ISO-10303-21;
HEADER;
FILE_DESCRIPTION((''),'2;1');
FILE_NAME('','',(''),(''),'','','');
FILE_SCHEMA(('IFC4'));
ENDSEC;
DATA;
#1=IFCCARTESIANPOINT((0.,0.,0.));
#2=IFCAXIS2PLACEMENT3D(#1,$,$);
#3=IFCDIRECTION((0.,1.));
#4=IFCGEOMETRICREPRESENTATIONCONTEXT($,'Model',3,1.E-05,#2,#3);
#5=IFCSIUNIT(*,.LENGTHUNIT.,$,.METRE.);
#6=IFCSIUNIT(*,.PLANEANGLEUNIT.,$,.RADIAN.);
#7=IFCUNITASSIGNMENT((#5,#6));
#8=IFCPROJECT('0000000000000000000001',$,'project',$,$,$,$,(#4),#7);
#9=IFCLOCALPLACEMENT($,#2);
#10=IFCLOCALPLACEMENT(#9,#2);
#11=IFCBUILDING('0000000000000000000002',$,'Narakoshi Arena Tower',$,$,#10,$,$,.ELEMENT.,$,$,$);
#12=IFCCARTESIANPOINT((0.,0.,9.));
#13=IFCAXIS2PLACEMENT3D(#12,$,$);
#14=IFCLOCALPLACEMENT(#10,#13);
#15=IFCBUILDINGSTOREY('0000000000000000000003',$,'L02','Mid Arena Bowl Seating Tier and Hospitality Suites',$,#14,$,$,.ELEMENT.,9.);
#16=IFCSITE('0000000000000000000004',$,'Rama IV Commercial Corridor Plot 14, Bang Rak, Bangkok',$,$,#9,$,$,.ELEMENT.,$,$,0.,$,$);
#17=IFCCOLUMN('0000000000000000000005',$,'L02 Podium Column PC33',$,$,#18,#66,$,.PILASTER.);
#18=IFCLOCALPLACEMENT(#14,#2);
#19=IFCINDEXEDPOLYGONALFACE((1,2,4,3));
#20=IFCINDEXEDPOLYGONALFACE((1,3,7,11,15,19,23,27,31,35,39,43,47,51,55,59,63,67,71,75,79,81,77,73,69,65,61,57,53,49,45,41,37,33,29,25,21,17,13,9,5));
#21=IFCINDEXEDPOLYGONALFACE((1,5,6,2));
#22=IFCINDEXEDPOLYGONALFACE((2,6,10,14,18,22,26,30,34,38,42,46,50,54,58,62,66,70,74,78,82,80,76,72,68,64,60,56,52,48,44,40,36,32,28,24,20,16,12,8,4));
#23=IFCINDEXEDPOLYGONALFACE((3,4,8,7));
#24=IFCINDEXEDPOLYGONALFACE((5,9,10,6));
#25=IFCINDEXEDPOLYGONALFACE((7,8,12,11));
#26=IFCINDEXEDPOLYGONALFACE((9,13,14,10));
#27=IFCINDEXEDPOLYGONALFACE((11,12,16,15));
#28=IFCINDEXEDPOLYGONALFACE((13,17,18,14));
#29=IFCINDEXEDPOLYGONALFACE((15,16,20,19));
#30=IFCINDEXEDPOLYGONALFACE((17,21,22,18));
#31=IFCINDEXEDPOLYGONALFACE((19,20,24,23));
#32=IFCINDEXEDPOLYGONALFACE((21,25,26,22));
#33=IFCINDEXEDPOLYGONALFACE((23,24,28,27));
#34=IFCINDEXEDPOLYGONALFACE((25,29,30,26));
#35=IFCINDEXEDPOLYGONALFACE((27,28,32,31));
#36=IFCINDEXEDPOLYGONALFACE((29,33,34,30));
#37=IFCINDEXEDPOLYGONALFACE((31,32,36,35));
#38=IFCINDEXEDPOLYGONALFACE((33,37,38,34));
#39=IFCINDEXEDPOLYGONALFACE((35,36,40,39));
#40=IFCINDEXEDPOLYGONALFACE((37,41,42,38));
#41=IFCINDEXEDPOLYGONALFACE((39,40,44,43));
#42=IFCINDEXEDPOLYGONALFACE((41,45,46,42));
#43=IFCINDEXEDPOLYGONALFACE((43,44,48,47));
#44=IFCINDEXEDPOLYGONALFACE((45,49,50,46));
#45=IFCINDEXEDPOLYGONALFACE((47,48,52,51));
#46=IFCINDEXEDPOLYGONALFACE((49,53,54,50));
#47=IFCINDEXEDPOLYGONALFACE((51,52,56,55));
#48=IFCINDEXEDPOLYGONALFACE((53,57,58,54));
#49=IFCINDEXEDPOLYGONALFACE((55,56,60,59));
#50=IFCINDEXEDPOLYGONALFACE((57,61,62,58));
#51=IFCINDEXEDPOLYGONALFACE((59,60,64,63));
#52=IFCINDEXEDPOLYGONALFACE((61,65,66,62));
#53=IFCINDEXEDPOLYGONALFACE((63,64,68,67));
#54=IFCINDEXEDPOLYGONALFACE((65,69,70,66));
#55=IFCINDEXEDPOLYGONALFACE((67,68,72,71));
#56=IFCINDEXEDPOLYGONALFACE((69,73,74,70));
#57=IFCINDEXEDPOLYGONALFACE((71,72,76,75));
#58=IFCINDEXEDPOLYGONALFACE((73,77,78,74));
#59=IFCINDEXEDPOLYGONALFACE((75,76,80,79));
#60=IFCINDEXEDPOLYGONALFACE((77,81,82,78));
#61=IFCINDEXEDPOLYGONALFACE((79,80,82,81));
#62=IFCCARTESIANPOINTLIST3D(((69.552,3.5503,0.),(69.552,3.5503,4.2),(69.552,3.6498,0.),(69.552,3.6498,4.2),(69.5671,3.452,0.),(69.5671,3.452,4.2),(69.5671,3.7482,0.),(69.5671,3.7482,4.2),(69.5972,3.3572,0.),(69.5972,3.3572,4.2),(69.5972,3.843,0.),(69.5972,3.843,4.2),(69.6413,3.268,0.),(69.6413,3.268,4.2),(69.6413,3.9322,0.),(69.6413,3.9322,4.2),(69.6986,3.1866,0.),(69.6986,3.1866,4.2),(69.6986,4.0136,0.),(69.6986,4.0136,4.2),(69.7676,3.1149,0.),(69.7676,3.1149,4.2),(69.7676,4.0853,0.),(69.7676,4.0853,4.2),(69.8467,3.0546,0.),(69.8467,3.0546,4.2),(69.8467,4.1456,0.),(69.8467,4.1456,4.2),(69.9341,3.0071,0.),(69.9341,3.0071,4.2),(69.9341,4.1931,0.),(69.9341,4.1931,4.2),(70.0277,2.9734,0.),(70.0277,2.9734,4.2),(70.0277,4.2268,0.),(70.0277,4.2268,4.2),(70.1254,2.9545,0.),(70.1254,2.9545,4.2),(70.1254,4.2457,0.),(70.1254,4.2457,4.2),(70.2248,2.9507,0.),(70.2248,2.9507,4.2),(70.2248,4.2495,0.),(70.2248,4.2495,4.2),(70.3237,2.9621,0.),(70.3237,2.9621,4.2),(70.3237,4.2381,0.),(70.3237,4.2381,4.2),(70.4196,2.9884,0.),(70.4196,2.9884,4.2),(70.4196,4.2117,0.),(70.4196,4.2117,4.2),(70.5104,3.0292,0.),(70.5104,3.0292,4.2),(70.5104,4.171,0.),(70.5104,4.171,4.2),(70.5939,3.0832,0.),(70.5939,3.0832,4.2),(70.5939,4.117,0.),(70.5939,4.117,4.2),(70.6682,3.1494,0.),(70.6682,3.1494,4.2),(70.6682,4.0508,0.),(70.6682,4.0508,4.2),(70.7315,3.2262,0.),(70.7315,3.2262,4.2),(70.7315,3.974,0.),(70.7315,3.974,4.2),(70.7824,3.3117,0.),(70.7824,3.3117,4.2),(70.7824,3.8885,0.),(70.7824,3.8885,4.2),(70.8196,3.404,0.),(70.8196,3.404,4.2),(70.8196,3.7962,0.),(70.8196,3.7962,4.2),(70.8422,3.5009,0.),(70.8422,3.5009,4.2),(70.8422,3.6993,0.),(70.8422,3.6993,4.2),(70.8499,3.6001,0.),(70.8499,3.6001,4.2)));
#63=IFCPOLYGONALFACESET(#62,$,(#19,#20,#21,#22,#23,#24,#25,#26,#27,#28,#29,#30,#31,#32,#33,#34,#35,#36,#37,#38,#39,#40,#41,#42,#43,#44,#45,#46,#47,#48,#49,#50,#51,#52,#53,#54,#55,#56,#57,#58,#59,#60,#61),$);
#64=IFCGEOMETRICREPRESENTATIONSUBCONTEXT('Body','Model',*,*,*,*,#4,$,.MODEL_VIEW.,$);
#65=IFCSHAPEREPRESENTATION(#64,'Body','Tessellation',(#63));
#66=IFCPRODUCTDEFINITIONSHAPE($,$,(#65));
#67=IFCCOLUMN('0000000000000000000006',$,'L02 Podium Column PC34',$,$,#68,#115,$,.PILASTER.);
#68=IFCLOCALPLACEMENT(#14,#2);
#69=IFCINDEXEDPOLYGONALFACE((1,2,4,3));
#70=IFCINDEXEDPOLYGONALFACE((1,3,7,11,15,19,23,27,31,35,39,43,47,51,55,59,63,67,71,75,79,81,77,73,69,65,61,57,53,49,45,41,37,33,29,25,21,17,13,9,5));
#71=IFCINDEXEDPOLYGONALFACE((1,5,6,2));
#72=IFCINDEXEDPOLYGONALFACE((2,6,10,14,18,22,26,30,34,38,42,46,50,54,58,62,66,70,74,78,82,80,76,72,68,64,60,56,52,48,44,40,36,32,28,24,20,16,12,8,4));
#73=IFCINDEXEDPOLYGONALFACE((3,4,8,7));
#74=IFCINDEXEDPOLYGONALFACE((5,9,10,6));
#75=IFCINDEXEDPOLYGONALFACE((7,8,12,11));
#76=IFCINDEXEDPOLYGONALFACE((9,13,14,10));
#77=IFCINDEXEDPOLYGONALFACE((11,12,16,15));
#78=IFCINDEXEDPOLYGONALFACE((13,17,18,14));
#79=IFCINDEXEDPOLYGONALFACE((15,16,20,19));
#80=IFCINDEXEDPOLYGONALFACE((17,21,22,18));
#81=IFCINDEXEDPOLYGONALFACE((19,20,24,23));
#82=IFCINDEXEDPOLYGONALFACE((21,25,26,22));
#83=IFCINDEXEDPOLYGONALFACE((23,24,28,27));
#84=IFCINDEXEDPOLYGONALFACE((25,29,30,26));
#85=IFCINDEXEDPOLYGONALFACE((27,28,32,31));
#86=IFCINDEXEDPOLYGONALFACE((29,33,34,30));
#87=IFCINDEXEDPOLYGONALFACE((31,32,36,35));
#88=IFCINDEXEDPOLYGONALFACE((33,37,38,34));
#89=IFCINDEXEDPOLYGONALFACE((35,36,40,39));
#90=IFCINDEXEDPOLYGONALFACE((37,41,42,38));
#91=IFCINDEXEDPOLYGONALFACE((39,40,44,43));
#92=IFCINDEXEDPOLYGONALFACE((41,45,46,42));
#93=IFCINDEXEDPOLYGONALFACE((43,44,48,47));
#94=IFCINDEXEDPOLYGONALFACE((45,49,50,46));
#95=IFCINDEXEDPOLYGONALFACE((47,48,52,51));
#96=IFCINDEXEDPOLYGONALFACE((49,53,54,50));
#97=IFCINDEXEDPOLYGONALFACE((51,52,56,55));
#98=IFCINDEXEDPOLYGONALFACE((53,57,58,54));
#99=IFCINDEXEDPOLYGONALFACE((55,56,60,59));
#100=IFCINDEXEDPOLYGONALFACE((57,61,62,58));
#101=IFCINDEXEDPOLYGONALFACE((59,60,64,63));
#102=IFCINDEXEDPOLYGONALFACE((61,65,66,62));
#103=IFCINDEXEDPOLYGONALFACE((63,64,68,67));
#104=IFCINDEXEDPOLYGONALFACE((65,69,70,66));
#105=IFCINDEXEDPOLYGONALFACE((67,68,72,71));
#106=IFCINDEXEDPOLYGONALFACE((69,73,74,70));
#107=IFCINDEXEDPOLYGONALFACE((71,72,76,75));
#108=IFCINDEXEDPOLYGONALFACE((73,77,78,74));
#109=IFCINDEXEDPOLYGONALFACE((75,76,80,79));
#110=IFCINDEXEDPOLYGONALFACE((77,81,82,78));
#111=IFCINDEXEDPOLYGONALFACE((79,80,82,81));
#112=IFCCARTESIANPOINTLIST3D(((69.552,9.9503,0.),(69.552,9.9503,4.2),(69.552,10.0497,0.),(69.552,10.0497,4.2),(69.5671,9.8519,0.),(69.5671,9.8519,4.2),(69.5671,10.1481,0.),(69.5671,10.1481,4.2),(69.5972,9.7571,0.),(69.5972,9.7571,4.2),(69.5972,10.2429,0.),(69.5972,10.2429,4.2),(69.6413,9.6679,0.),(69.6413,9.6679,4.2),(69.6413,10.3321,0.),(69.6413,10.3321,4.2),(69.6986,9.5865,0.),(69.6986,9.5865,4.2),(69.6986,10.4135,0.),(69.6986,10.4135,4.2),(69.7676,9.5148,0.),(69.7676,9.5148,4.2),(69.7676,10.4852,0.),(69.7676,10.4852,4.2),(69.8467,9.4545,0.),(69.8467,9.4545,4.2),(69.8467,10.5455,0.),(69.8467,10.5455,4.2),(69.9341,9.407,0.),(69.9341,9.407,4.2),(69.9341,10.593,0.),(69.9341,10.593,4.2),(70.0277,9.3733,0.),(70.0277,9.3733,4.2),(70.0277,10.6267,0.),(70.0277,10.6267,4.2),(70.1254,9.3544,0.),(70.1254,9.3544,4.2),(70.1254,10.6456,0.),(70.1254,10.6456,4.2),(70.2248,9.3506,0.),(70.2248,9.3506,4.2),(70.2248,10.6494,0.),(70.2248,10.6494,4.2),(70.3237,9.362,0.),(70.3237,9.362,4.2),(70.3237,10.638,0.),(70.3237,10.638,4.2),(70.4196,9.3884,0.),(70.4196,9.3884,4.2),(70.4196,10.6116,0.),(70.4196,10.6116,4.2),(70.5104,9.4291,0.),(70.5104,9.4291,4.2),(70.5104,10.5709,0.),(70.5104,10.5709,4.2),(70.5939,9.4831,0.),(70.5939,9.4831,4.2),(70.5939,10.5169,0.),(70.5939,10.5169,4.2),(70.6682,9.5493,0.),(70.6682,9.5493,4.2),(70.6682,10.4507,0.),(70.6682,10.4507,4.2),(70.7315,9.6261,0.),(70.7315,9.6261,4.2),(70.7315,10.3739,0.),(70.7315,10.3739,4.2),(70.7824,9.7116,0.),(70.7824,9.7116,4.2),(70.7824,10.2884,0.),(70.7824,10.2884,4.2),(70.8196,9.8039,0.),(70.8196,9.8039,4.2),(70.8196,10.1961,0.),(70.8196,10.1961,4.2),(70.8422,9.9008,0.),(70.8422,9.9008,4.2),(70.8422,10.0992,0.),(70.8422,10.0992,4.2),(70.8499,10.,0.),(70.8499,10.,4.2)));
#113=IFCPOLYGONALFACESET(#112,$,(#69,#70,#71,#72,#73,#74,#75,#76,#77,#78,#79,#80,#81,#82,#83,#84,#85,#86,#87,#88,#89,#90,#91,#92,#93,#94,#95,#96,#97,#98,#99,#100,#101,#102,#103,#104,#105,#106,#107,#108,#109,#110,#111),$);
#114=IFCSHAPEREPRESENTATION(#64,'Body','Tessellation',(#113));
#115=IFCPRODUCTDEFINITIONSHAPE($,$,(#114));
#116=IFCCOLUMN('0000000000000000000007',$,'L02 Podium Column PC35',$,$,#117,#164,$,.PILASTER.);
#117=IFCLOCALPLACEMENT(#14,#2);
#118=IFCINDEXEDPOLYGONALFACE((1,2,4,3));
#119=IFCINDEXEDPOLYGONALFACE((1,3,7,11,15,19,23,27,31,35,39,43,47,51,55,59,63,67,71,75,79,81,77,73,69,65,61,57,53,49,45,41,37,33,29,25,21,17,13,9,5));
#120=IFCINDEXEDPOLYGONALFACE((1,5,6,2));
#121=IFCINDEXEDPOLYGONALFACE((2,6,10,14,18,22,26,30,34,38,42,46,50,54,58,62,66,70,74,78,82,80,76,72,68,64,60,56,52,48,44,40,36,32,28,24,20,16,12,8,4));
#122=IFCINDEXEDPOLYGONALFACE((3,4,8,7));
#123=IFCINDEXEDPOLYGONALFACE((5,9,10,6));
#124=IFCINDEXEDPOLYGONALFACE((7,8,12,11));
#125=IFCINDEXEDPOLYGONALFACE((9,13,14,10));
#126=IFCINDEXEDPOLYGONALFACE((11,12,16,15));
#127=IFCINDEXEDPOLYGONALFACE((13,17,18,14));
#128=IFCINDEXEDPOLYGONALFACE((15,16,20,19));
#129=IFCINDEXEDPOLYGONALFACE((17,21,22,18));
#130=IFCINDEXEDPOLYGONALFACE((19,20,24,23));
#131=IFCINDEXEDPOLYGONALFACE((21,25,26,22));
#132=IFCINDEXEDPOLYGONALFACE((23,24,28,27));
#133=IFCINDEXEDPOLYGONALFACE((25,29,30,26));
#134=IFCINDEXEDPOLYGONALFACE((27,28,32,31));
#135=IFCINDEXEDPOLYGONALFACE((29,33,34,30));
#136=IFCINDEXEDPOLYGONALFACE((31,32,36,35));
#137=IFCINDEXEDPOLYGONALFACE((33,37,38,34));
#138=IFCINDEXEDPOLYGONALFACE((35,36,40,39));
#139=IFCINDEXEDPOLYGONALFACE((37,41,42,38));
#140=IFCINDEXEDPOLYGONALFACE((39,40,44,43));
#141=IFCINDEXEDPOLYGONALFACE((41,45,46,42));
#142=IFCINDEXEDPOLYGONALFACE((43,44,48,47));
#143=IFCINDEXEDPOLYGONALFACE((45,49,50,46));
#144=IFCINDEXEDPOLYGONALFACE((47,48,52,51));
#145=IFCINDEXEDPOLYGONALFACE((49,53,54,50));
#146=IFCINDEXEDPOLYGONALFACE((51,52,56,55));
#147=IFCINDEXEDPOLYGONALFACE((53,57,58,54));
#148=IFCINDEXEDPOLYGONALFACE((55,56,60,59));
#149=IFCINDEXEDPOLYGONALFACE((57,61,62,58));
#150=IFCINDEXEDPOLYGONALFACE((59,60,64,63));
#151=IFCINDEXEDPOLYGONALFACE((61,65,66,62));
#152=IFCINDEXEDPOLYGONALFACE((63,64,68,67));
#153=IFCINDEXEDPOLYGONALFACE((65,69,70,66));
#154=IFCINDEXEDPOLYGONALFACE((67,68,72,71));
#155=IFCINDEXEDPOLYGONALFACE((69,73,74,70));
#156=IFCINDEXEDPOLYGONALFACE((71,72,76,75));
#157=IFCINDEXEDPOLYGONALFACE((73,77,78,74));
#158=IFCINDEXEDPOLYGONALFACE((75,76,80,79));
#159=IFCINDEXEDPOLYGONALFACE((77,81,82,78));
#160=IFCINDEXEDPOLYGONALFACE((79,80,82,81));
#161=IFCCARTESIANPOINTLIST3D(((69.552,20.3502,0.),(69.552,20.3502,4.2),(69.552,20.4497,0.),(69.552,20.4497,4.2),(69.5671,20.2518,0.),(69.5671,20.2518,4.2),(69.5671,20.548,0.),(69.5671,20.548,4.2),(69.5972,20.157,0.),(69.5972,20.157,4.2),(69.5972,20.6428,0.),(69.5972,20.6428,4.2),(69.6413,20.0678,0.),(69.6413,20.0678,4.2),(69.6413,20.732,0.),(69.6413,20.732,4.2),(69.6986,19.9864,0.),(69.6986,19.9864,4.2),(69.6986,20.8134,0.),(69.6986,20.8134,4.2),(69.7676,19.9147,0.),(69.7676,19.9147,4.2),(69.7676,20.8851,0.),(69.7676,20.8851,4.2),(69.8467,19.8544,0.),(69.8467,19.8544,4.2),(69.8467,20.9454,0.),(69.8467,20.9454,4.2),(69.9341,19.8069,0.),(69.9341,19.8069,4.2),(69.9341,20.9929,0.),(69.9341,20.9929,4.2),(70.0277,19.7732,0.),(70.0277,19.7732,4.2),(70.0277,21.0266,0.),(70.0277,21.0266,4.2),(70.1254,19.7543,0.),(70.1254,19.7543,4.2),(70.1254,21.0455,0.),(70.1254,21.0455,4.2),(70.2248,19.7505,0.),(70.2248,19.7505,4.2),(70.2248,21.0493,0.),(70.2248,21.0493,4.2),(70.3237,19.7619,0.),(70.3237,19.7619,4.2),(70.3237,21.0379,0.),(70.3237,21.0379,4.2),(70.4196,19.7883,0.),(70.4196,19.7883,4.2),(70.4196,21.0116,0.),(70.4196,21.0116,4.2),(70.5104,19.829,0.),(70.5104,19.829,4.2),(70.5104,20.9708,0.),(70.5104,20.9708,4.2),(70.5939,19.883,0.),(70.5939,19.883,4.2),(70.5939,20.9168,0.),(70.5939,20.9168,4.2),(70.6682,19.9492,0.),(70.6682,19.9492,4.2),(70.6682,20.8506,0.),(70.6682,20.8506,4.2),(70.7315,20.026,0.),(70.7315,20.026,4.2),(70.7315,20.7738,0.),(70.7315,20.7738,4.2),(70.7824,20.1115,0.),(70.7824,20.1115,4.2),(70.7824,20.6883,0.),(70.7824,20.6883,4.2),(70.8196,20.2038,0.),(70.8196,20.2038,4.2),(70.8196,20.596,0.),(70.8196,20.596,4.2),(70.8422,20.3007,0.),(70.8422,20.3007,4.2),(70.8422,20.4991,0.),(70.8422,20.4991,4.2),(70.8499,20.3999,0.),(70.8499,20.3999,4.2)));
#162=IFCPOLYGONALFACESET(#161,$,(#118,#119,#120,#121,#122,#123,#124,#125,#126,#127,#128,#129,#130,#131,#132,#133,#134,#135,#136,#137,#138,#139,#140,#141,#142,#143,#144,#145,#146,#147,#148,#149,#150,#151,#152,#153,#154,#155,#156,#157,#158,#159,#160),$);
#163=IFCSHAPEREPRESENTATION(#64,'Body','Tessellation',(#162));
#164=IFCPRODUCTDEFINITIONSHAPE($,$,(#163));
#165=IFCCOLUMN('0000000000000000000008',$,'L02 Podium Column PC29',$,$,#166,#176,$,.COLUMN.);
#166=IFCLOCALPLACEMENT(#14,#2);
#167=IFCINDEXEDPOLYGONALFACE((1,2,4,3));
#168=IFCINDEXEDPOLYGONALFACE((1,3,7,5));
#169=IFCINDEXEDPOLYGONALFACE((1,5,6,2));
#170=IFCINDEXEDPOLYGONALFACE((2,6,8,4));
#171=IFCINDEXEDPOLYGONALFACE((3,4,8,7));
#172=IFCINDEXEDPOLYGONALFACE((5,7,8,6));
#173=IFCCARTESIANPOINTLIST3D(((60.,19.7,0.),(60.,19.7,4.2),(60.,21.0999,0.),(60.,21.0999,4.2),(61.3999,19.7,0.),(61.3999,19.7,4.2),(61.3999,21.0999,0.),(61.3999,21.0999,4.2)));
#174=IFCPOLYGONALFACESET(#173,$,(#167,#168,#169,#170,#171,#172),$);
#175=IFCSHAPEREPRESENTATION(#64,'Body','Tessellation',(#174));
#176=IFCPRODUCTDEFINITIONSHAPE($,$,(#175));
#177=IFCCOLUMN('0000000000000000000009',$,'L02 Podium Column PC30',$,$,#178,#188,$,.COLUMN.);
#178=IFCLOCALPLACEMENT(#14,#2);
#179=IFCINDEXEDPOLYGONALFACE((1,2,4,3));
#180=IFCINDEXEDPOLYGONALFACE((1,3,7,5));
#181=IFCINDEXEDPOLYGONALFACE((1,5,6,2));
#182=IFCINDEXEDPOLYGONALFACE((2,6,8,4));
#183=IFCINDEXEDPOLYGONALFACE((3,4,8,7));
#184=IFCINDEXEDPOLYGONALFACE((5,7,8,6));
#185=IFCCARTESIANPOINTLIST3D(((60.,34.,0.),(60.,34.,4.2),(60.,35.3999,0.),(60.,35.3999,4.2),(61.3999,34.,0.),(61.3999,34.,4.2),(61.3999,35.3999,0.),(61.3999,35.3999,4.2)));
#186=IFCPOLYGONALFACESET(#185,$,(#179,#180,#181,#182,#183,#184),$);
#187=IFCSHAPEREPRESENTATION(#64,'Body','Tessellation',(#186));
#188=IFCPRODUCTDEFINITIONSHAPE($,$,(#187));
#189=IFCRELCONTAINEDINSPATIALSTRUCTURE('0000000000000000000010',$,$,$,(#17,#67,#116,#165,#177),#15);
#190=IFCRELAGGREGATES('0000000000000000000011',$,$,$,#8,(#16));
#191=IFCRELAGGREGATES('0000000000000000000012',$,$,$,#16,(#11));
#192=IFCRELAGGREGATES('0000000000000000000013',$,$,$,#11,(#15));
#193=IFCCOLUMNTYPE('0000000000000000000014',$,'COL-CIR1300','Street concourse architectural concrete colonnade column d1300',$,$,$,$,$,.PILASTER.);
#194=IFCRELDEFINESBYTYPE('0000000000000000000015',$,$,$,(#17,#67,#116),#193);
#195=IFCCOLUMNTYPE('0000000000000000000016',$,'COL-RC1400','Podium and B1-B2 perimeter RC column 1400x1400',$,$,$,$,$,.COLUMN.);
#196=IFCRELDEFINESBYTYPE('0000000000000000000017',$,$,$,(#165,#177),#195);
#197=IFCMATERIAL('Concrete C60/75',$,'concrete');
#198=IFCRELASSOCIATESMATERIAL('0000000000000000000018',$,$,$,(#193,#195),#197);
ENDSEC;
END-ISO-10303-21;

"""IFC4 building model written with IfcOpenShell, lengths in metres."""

from ifc_helpers import new_model, si_unit, direction, frame, origin, origin_2d, place, context, subcontext, project, spatial, rectangle, circle, extrude, material, material_profile, profile_set, type_object, element, save


model = new_model("IFC4")

# Units and contexts
model_context = context("Model", 3, precision=1e-05, world=origin(), true_north=direction((0.0, 1.0)))
body_context = subcontext(model_context, "Body", "Model", "MODEL_VIEW")
ifc_project = project(units=[si_unit("LENGTHUNIT", "METRE"), si_unit("PLANEANGLEUNIT", "RADIAN")], contexts=[model_context])

# Site, building, storey
site_placement = place(None, origin())
site = spatial("IfcSite", under=ifc_project, at=site_placement, Name="Rama IV Commercial Corridor Plot 14, Bang Rak, Bangkok", CompositionType="ELEMENT", RefElevation=0.0)
building_placement = place(site_placement, origin())
building = spatial("IfcBuilding", under=site, at=building_placement, Name="Narakoshi Arena Tower", CompositionType="ELEMENT")
storey_placement = place(building_placement, frame((0.0, 0.0, 9.0)))
storey = spatial("IfcBuildingStorey", under=building, at=storey_placement, Name="L02", Description="Mid Arena Bowl Seating Tier and Hospitality Suites", CompositionType="ELEMENT", Elevation=9.0)

# Columns
ifc_material_1 = material(Name="Concrete C60/75", Category="concrete")
ifc_material_profile_1 = material_profile(ifc_material_1, circle(Radius=0.6499, at=origin_2d()), Name="RCC1300")
ifc_profile_set_1 = profile_set([ifc_material_profile_1], Name="Concrete C60/75")
column_type_1 = type_object("IfcColumnType", Name="COL-CIR1300", Description="Street concourse architectural concrete colonnade column d1300", PredefinedType="PILASTER", material=ifc_profile_set_1)
for number, where, z_axis, x_axis, name in (
    (1, (70.2, 3.6001, 0.0), (0.0, 0.0, 1.0), (1.0, 0.0, 0.0), "L02 Podium Column PC33"),
    (2, (70.2, 10.0, 0.0), (0.0, 0.0, 1.0), (1.0, 0.0, 0.0), "L02 Podium Column PC34"),
    (3, (70.2, 20.3999, 0.0), (0.0, 0.0, 1.0), (1.0, 0.0, 0.0), "L02 Podium Column PC35"),
):
    element("IfcColumn", number, at=place(storey_placement, frame(where, z_axis=z_axis, x_axis=x_axis)), inside=storey, type_object=column_type_1, Name=name, PredefinedType="PILASTER", context=body_context, shape_type="SweptSolid", body=[
        extrude(circle(Radius=0.6499, at=origin_2d()), origin(), (0.0, 0.0, 1.0), 4.2),
    ])
ifc_material_profile_2 = material_profile(ifc_material_1, rectangle(XDim=1.3999, YDim=1.3999, at=origin_2d()), Name="RC1400x1400")
ifc_profile_set_2 = profile_set([ifc_material_profile_2], Name="Concrete C60/75")
column_type_2 = type_object("IfcColumnType", Name="COL-RC1400", Description="Podium and B1-B2 perimeter RC column 1400x1400", PredefinedType="COLUMN", material=ifc_profile_set_2)
for number, where, z_axis, x_axis, name in (
    (4, (60.7, 20.3999, 0.0), (0.0, 0.0, 1.0), (1.0, 0.0, 0.0), "L02 Podium Column PC29"),
    (5, (60.7, 34.7, 0.0), (0.0, 0.0, 1.0), (1.0, 0.0, 0.0), "L02 Podium Column PC30"),
):
    element("IfcColumn", number, at=place(storey_placement, frame(where, z_axis=z_axis, x_axis=x_axis)), inside=storey, type_object=column_type_2, Name=name, PredefinedType="COLUMN", context=body_context, shape_type="SweptSolid", body=[
        extrude(rectangle(XDim=1.3999, YDim=1.3999, at=origin_2d()), origin(), (0.0, 0.0, 1.0), 4.2),
    ])

save(model, "model.ifc")
